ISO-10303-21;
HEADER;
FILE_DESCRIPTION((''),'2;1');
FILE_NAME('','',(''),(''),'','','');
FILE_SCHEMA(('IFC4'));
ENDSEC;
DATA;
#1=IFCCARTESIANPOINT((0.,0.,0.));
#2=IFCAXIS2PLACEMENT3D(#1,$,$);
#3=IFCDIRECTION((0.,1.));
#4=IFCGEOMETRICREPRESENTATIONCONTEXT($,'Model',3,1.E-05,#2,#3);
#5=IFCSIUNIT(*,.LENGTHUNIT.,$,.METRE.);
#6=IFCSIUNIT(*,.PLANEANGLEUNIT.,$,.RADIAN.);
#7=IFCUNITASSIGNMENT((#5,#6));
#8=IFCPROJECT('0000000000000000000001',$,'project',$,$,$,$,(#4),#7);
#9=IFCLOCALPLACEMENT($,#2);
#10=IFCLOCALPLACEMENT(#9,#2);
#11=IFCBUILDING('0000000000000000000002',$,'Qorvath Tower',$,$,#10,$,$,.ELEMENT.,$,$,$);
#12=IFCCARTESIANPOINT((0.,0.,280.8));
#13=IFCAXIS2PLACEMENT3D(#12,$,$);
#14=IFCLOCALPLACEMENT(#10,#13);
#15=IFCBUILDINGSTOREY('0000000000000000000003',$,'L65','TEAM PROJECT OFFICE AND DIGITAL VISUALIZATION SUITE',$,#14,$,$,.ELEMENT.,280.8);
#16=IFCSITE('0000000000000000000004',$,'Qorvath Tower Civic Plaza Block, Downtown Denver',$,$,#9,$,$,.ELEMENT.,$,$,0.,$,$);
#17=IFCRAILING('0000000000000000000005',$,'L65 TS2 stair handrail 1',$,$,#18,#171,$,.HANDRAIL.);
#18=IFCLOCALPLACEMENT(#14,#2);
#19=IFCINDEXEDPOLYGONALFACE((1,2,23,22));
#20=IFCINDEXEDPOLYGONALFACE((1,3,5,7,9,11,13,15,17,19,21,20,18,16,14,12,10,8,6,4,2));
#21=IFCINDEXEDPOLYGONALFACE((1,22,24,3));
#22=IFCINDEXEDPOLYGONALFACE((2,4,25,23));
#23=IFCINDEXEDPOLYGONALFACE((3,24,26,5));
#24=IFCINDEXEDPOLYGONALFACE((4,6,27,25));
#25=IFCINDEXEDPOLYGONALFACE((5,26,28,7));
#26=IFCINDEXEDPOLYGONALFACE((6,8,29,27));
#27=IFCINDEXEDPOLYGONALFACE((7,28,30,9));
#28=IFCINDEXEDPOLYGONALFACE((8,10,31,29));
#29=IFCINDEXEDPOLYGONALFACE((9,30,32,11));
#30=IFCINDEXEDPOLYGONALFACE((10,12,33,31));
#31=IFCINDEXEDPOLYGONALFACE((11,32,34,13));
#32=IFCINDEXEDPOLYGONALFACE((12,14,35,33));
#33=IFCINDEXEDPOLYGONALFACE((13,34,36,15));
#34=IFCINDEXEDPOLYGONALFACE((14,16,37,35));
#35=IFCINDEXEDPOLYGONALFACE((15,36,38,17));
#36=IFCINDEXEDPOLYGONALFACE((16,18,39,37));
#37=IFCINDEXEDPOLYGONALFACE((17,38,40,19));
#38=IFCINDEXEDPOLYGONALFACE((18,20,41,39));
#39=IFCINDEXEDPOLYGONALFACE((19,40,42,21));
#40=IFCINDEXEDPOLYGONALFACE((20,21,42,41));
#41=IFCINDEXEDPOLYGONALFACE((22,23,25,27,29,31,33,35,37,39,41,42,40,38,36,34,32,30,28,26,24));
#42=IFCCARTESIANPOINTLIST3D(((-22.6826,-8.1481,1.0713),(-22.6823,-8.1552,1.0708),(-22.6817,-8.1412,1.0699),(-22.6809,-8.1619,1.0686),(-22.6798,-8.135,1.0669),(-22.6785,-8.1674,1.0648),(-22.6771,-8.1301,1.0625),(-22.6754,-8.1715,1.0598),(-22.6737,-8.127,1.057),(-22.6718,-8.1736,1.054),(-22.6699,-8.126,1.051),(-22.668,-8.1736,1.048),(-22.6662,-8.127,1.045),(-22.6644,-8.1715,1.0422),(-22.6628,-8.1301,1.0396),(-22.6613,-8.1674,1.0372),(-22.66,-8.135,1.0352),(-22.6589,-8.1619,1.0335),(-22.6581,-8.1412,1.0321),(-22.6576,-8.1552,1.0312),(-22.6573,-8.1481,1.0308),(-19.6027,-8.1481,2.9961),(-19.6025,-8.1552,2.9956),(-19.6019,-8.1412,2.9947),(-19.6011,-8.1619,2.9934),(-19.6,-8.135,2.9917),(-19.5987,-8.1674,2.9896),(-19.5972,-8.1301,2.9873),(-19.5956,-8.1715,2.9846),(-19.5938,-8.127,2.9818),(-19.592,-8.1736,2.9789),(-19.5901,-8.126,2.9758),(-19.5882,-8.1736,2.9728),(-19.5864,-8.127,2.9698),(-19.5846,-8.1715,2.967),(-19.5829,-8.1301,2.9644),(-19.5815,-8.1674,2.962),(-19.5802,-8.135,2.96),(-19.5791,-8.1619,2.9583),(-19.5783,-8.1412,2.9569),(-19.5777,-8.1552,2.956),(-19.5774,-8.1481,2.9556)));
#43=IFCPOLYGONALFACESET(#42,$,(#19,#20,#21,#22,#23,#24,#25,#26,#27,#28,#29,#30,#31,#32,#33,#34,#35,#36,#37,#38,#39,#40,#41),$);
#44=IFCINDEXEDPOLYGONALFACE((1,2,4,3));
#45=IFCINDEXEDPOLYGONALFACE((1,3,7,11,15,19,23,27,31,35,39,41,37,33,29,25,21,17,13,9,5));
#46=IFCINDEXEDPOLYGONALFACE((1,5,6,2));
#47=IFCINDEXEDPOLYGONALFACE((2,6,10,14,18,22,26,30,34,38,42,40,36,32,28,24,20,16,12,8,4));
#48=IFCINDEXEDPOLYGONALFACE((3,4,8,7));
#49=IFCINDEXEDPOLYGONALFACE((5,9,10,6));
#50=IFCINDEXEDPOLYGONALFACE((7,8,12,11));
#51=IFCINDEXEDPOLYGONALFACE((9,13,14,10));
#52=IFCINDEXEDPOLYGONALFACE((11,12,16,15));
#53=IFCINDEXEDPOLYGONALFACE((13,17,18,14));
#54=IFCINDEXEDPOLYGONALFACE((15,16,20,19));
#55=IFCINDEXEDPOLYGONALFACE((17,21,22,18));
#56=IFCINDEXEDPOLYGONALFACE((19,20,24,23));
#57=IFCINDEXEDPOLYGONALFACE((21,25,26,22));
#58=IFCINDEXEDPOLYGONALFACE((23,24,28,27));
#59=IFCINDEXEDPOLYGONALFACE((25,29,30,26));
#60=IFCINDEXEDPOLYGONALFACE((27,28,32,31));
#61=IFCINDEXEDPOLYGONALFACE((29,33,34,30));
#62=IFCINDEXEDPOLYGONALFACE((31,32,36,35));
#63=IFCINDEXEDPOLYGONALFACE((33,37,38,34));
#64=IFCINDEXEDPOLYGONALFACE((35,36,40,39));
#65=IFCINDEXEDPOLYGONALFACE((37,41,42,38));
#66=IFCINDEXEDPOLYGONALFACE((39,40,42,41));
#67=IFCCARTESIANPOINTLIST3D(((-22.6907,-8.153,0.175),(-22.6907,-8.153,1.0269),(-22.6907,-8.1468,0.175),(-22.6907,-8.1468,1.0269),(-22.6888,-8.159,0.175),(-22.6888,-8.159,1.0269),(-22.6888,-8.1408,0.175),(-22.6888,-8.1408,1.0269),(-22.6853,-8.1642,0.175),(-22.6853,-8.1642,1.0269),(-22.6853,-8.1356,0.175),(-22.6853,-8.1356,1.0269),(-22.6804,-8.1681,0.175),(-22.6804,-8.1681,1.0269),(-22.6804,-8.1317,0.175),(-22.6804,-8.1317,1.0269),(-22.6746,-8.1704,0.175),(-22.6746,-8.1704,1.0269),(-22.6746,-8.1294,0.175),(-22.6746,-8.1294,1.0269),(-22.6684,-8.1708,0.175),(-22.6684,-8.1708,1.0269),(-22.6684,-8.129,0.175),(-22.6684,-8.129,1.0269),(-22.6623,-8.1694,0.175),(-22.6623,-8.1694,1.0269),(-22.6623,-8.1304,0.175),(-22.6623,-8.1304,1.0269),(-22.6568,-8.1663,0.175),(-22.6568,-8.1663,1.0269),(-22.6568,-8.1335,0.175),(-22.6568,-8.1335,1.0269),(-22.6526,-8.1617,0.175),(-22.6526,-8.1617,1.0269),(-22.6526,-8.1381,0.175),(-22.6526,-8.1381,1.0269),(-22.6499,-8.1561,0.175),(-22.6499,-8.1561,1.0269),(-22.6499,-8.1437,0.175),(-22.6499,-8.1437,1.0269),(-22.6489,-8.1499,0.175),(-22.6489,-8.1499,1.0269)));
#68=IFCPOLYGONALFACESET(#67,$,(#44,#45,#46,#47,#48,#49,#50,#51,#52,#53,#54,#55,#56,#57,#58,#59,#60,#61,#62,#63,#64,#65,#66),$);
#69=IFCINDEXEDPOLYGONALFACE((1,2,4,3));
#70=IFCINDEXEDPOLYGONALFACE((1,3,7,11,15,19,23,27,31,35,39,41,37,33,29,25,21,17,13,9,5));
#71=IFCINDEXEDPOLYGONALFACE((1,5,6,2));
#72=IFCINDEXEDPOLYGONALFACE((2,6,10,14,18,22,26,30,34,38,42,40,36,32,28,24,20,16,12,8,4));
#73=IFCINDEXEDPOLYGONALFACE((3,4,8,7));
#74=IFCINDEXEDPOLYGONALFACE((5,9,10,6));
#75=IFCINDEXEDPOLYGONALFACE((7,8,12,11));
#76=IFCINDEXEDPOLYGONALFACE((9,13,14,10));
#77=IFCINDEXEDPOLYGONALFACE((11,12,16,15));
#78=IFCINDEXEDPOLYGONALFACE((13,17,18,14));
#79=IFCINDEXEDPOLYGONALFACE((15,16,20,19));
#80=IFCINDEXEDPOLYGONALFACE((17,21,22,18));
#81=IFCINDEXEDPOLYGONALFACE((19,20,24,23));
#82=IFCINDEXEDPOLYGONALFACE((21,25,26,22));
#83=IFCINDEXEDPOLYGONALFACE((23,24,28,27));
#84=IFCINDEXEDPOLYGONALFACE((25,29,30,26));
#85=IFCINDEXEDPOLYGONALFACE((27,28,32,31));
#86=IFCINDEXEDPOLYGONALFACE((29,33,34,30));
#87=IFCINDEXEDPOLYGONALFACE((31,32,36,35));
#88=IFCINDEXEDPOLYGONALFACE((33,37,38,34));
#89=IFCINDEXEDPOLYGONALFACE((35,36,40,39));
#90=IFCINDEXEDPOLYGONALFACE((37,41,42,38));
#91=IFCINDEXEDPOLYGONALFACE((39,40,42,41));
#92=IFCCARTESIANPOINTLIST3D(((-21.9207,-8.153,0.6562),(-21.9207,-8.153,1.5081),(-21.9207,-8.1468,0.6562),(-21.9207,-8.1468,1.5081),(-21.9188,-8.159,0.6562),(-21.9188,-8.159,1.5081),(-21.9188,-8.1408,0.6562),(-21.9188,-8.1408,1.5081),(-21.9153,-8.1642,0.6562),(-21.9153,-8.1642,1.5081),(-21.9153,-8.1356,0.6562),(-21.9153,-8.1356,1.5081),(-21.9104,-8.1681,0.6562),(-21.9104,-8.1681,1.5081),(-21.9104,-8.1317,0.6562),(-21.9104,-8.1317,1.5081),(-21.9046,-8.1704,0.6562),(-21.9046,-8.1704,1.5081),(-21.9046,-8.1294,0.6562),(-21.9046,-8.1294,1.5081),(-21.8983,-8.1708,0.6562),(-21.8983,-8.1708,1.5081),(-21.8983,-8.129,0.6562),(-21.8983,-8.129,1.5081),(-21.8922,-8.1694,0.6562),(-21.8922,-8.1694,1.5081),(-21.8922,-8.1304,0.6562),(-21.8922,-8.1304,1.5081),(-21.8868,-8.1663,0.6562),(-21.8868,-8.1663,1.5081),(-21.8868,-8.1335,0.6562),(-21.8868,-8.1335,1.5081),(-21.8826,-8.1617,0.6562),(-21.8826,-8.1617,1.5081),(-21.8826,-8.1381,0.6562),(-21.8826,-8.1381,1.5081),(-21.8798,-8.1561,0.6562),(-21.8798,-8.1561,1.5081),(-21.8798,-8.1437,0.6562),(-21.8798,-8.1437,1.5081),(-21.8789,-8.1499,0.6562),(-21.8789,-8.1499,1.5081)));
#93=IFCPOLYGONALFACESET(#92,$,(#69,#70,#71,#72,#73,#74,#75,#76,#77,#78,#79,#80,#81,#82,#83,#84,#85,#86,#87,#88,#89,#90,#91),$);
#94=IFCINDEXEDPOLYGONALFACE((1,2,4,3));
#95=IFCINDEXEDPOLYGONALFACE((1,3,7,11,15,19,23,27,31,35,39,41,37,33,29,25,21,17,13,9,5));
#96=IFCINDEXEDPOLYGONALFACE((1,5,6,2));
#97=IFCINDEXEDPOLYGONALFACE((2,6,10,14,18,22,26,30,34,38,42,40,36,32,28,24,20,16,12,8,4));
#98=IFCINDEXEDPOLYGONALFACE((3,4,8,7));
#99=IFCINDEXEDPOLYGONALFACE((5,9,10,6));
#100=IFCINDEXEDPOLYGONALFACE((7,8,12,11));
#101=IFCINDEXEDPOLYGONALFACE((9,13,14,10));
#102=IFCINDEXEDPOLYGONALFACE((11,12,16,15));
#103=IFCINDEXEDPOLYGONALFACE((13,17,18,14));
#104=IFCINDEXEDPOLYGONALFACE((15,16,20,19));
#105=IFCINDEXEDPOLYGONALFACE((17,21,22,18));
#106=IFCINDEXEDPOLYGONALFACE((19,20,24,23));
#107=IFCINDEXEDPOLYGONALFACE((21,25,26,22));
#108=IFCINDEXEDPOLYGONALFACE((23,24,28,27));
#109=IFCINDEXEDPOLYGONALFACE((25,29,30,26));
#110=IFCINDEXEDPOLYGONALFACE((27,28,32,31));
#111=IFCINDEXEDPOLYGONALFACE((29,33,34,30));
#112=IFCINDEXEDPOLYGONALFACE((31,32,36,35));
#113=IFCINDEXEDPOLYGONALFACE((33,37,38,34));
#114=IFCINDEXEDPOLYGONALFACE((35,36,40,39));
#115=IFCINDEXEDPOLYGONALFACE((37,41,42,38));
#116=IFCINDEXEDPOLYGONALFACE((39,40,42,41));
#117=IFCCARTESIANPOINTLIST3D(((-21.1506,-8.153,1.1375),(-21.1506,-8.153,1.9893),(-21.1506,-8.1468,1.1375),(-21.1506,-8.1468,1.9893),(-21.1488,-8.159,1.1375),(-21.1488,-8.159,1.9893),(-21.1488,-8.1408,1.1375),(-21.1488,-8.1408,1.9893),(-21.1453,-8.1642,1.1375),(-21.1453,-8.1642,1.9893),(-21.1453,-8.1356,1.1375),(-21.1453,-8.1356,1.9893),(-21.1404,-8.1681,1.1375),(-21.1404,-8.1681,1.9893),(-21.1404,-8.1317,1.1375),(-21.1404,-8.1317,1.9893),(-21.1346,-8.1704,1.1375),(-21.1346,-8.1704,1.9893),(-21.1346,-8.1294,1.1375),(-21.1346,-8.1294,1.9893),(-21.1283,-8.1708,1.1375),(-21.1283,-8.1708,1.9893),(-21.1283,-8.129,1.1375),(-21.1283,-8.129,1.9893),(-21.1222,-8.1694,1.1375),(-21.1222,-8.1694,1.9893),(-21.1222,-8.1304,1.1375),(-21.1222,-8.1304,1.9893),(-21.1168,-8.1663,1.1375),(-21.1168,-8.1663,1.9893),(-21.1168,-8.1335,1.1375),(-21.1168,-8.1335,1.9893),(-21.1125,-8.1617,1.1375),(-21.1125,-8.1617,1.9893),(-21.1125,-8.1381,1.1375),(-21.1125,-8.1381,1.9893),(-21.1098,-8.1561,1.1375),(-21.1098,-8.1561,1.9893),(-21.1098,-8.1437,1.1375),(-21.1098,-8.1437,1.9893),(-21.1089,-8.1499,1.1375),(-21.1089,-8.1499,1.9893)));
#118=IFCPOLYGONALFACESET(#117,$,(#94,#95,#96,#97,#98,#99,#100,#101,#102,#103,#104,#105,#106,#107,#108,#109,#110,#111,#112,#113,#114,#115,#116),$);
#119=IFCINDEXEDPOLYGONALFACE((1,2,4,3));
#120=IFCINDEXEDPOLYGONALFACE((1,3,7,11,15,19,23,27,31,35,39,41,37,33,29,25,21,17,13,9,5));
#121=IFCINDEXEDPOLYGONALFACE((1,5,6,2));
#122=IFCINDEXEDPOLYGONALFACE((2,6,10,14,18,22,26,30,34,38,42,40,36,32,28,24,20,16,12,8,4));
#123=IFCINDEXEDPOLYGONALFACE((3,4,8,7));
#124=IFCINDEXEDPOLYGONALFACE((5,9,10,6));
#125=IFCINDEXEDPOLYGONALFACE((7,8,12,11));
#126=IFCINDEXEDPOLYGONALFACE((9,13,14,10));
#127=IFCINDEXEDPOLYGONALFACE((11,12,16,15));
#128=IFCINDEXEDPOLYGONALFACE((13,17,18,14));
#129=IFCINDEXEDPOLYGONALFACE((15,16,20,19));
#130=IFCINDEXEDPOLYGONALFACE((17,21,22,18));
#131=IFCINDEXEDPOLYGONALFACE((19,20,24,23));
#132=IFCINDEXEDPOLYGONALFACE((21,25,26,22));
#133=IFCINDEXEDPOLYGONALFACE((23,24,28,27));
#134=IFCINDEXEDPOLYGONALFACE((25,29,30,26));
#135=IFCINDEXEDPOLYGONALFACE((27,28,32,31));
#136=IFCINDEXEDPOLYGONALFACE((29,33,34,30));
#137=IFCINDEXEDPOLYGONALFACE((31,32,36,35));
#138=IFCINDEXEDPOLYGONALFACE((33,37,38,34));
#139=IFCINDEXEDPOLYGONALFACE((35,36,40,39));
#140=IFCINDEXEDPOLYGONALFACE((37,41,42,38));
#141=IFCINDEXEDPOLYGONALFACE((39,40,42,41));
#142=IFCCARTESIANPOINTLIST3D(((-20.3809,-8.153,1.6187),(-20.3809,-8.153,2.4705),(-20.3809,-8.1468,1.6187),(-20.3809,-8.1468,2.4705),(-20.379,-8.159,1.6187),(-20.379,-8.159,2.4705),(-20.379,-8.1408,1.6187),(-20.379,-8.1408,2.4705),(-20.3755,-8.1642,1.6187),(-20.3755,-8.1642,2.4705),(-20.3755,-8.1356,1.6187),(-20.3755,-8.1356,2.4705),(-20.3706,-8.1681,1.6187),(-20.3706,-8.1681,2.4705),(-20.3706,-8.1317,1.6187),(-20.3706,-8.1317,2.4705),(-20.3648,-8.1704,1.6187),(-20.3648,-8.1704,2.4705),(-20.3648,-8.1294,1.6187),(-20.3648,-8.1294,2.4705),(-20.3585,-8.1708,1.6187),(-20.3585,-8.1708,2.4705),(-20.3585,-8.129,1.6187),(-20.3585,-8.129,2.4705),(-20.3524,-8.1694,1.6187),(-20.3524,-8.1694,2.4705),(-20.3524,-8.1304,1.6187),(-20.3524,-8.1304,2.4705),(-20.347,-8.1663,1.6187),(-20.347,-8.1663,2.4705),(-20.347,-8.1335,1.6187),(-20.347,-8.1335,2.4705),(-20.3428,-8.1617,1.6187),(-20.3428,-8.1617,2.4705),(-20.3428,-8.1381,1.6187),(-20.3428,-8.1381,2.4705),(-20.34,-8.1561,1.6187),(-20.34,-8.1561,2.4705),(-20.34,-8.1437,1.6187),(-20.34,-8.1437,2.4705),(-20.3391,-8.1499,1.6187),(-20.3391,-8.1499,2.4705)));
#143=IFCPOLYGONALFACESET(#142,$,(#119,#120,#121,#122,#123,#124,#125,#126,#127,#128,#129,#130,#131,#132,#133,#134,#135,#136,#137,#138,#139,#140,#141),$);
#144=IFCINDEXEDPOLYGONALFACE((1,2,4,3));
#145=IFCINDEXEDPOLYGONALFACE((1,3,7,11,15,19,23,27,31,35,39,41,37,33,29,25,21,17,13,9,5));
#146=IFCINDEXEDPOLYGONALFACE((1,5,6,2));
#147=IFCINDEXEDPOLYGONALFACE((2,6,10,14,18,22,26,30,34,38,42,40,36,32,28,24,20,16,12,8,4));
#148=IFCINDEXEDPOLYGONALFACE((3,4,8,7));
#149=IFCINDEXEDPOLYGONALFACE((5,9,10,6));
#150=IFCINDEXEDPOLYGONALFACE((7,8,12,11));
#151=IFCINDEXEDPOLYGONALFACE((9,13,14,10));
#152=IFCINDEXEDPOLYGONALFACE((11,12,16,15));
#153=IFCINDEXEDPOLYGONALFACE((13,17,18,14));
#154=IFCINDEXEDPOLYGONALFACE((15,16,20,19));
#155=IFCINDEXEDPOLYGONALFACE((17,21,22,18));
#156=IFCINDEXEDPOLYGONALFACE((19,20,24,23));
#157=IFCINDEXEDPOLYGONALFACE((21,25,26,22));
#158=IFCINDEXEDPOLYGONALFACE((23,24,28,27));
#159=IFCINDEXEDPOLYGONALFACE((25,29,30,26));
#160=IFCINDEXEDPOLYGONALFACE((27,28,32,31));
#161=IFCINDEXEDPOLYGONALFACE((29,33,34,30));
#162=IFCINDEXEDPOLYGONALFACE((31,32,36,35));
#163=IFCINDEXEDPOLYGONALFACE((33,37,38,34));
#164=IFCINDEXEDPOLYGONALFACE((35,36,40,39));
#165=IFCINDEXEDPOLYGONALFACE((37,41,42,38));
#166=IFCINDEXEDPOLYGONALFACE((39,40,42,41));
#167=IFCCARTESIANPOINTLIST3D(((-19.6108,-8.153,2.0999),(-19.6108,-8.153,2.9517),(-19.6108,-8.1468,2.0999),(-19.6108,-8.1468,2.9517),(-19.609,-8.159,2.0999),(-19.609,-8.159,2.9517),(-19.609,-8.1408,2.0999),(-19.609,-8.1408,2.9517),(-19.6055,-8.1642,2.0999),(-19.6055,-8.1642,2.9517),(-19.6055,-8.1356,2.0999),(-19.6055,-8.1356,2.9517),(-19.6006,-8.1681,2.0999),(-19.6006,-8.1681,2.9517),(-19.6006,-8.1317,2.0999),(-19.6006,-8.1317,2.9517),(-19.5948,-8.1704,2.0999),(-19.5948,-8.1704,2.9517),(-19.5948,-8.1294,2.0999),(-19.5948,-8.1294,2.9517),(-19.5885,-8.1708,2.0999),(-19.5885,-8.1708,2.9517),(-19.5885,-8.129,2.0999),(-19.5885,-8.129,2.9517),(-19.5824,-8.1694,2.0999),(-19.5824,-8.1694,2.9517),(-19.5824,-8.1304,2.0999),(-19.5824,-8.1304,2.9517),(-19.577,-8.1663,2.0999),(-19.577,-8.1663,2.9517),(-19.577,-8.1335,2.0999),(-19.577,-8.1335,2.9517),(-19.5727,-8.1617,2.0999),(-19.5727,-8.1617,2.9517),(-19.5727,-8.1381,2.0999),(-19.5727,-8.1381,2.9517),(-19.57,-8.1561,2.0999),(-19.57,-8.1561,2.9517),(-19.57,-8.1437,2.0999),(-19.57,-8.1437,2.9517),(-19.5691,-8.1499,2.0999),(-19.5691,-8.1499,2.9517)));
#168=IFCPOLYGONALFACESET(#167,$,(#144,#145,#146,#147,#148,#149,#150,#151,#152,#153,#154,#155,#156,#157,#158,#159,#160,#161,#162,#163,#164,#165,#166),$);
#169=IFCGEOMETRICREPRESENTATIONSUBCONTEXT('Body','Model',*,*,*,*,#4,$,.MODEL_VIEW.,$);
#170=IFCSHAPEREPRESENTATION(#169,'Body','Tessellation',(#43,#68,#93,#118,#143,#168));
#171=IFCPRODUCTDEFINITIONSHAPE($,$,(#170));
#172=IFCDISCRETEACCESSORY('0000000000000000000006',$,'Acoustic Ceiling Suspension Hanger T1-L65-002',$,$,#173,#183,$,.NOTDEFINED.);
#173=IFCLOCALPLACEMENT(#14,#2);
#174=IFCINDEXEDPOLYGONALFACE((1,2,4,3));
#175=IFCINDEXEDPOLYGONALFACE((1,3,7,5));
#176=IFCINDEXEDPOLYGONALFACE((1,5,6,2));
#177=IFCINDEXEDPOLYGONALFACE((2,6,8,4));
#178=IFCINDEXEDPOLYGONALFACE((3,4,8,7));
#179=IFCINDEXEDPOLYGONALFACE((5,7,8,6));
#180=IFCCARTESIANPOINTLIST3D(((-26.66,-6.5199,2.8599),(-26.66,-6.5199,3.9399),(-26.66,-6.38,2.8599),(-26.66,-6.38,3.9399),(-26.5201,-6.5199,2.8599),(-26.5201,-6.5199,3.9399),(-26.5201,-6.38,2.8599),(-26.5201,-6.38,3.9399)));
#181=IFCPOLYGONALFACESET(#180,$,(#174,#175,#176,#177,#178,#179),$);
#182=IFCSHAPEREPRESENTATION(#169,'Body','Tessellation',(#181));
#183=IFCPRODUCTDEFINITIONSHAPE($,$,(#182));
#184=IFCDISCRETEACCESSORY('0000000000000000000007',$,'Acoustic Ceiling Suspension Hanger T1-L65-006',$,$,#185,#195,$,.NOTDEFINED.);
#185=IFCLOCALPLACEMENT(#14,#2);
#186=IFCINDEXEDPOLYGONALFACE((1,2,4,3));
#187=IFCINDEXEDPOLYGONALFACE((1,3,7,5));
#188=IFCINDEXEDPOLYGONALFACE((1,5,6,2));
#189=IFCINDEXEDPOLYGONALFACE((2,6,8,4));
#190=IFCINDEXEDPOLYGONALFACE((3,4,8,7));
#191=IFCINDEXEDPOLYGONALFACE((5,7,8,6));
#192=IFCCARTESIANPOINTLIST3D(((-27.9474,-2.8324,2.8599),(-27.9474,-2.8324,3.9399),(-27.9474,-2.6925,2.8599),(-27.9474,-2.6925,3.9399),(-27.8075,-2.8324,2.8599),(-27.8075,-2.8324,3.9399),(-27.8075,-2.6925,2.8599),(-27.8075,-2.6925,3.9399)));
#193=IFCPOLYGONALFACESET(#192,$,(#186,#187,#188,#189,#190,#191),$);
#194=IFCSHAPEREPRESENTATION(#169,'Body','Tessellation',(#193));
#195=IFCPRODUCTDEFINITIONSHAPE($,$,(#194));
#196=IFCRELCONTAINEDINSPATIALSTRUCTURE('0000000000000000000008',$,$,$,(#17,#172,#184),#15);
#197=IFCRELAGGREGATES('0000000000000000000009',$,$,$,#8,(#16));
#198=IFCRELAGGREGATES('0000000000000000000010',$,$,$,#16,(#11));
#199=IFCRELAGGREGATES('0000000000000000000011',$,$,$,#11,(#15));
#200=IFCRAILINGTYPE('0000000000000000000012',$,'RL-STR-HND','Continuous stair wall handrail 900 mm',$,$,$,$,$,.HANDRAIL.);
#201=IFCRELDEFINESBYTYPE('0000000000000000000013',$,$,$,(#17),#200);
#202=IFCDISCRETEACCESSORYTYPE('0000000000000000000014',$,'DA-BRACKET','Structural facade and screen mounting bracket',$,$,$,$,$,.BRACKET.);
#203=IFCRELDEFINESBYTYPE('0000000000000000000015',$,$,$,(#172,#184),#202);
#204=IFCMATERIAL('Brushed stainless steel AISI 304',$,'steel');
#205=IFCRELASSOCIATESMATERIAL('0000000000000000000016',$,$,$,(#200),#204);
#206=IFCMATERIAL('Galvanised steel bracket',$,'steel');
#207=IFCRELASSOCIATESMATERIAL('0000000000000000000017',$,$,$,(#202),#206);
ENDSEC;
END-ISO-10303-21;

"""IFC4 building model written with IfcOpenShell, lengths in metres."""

from ifc_helpers import new_model, si_unit, direction, frame, origin, origin_2d, place, context, subcontext, project, spatial, rectangle, circle, extrude, material, type_object, element, save


model = new_model("IFC4")

# Units and contexts
model_context = context("Model", 3, precision=1e-05, world=origin(), true_north=direction((0.0, 1.0)))
body_context = subcontext(model_context, "Body", "Model", "MODEL_VIEW")
ifc_project = project(units=[si_unit("LENGTHUNIT", "METRE"), si_unit("PLANEANGLEUNIT", "RADIAN")], contexts=[model_context])

# Site, building, storey
site_placement = place(None, origin())
site = spatial("IfcSite", under=ifc_project, at=site_placement, Name="Qorvath Tower Civic Plaza Block, Downtown Denver", CompositionType="ELEMENT", RefElevation=0.0)
building_placement = place(site_placement, origin())
building = spatial("IfcBuilding", under=site, at=building_placement, Name="Qorvath Tower", CompositionType="ELEMENT")
storey_placement = place(building_placement, frame((0.0, 0.0, 280.8)))
storey = spatial("IfcBuildingStorey", under=building, at=storey_placement, Name="L65", Description="TEAM PROJECT OFFICE AND DIGITAL VISUALIZATION SUITE", CompositionType="ELEMENT", Elevation=280.8)

# Railing
ifc_material_1 = material(Name="Brushed stainless steel AISI 304", Category="steel")
railing_type_1 = type_object("IfcRailingType", Name="RL-STR-HND", Description="Continuous stair wall handrail 900 mm", PredefinedType="HANDRAIL", material=ifc_material_1)
railing_1_placement = place(storey_placement, frame((-22.6699, -8.1499, 0.175)))
element("IfcRailing", 1, at=railing_1_placement, inside=storey, type_object=railing_type_1, Name="L65 TS2 stair handrail 1", PredefinedType="HANDRAIL", context=body_context, shape_type="SweptSolid", body=[
    extrude(circle(Radius=0.0239, at=origin_2d()), frame((0.0, 0.0, 0.876), z_axis=(0.84801, 0.0, 0.529981), x_axis=(0.0, 1.0, 0.0)), (0.0, 0.0, 1.0), 3.6318),
    extrude(circle(Radius=0.021, at=origin_2d()), origin(), (0.0, 0.0, 1.0), 0.8518),
    extrude(circle(Radius=0.021, at=origin_2d()), frame((0.77, 0.0, 0.4812)), (0.0, 0.0, 1.0), 0.8518),
    extrude(circle(Radius=0.021, at=origin_2d()), frame((1.54, 0.0, 0.9624)), (0.0, 0.0, 1.0), 0.8518),
    extrude(circle(Radius=0.021, at=origin_2d()), frame((2.3098, 0.0, 1.4436)), (0.0, 0.0, 1.0), 0.8518),
    extrude(circle(Radius=0.021, at=origin_2d()), frame((3.0798, 0.0, 1.9248)), (0.0, 0.0, 1.0), 0.8518),
])

# Discrete accessories
ifc_material_2 = material(Name="Galvanised steel bracket", Category="steel")
discrete_accessory_type = type_object("IfcDiscreteAccessoryType", Name="DA-BRACKET", Description="Structural facade and screen mounting bracket", PredefinedType="BRACKET", material=ifc_material_2)
for number, where, z_axis, x_axis, name in (
    (2, (-26.5901, -6.45, 2.8599), (0.0, 0.0, 1.0), (1.0, 0.0, 0.0), "Acoustic Ceiling Suspension Hanger T1-L65-002"),
    (3, (-27.8774, -2.7625, 2.8599), (0.0, 0.0, 1.0), (1.0, 0.0, 0.0), "Acoustic Ceiling Suspension Hanger T1-L65-006"),
):
    element("IfcDiscreteAccessory", number, at=place(storey_placement, frame(where, z_axis=z_axis, x_axis=x_axis)), inside=storey, type_object=discrete_accessory_type, Name=name, PredefinedType="NOTDEFINED", context=body_context, shape_type="SweptSolid", body=[
        extrude(rectangle(XDim=0.1399, YDim=0.1399, at=origin_2d()), origin(), (0.0, 0.0, 1.0), 1.0801),
    ])

save(model, "model.ifc")
